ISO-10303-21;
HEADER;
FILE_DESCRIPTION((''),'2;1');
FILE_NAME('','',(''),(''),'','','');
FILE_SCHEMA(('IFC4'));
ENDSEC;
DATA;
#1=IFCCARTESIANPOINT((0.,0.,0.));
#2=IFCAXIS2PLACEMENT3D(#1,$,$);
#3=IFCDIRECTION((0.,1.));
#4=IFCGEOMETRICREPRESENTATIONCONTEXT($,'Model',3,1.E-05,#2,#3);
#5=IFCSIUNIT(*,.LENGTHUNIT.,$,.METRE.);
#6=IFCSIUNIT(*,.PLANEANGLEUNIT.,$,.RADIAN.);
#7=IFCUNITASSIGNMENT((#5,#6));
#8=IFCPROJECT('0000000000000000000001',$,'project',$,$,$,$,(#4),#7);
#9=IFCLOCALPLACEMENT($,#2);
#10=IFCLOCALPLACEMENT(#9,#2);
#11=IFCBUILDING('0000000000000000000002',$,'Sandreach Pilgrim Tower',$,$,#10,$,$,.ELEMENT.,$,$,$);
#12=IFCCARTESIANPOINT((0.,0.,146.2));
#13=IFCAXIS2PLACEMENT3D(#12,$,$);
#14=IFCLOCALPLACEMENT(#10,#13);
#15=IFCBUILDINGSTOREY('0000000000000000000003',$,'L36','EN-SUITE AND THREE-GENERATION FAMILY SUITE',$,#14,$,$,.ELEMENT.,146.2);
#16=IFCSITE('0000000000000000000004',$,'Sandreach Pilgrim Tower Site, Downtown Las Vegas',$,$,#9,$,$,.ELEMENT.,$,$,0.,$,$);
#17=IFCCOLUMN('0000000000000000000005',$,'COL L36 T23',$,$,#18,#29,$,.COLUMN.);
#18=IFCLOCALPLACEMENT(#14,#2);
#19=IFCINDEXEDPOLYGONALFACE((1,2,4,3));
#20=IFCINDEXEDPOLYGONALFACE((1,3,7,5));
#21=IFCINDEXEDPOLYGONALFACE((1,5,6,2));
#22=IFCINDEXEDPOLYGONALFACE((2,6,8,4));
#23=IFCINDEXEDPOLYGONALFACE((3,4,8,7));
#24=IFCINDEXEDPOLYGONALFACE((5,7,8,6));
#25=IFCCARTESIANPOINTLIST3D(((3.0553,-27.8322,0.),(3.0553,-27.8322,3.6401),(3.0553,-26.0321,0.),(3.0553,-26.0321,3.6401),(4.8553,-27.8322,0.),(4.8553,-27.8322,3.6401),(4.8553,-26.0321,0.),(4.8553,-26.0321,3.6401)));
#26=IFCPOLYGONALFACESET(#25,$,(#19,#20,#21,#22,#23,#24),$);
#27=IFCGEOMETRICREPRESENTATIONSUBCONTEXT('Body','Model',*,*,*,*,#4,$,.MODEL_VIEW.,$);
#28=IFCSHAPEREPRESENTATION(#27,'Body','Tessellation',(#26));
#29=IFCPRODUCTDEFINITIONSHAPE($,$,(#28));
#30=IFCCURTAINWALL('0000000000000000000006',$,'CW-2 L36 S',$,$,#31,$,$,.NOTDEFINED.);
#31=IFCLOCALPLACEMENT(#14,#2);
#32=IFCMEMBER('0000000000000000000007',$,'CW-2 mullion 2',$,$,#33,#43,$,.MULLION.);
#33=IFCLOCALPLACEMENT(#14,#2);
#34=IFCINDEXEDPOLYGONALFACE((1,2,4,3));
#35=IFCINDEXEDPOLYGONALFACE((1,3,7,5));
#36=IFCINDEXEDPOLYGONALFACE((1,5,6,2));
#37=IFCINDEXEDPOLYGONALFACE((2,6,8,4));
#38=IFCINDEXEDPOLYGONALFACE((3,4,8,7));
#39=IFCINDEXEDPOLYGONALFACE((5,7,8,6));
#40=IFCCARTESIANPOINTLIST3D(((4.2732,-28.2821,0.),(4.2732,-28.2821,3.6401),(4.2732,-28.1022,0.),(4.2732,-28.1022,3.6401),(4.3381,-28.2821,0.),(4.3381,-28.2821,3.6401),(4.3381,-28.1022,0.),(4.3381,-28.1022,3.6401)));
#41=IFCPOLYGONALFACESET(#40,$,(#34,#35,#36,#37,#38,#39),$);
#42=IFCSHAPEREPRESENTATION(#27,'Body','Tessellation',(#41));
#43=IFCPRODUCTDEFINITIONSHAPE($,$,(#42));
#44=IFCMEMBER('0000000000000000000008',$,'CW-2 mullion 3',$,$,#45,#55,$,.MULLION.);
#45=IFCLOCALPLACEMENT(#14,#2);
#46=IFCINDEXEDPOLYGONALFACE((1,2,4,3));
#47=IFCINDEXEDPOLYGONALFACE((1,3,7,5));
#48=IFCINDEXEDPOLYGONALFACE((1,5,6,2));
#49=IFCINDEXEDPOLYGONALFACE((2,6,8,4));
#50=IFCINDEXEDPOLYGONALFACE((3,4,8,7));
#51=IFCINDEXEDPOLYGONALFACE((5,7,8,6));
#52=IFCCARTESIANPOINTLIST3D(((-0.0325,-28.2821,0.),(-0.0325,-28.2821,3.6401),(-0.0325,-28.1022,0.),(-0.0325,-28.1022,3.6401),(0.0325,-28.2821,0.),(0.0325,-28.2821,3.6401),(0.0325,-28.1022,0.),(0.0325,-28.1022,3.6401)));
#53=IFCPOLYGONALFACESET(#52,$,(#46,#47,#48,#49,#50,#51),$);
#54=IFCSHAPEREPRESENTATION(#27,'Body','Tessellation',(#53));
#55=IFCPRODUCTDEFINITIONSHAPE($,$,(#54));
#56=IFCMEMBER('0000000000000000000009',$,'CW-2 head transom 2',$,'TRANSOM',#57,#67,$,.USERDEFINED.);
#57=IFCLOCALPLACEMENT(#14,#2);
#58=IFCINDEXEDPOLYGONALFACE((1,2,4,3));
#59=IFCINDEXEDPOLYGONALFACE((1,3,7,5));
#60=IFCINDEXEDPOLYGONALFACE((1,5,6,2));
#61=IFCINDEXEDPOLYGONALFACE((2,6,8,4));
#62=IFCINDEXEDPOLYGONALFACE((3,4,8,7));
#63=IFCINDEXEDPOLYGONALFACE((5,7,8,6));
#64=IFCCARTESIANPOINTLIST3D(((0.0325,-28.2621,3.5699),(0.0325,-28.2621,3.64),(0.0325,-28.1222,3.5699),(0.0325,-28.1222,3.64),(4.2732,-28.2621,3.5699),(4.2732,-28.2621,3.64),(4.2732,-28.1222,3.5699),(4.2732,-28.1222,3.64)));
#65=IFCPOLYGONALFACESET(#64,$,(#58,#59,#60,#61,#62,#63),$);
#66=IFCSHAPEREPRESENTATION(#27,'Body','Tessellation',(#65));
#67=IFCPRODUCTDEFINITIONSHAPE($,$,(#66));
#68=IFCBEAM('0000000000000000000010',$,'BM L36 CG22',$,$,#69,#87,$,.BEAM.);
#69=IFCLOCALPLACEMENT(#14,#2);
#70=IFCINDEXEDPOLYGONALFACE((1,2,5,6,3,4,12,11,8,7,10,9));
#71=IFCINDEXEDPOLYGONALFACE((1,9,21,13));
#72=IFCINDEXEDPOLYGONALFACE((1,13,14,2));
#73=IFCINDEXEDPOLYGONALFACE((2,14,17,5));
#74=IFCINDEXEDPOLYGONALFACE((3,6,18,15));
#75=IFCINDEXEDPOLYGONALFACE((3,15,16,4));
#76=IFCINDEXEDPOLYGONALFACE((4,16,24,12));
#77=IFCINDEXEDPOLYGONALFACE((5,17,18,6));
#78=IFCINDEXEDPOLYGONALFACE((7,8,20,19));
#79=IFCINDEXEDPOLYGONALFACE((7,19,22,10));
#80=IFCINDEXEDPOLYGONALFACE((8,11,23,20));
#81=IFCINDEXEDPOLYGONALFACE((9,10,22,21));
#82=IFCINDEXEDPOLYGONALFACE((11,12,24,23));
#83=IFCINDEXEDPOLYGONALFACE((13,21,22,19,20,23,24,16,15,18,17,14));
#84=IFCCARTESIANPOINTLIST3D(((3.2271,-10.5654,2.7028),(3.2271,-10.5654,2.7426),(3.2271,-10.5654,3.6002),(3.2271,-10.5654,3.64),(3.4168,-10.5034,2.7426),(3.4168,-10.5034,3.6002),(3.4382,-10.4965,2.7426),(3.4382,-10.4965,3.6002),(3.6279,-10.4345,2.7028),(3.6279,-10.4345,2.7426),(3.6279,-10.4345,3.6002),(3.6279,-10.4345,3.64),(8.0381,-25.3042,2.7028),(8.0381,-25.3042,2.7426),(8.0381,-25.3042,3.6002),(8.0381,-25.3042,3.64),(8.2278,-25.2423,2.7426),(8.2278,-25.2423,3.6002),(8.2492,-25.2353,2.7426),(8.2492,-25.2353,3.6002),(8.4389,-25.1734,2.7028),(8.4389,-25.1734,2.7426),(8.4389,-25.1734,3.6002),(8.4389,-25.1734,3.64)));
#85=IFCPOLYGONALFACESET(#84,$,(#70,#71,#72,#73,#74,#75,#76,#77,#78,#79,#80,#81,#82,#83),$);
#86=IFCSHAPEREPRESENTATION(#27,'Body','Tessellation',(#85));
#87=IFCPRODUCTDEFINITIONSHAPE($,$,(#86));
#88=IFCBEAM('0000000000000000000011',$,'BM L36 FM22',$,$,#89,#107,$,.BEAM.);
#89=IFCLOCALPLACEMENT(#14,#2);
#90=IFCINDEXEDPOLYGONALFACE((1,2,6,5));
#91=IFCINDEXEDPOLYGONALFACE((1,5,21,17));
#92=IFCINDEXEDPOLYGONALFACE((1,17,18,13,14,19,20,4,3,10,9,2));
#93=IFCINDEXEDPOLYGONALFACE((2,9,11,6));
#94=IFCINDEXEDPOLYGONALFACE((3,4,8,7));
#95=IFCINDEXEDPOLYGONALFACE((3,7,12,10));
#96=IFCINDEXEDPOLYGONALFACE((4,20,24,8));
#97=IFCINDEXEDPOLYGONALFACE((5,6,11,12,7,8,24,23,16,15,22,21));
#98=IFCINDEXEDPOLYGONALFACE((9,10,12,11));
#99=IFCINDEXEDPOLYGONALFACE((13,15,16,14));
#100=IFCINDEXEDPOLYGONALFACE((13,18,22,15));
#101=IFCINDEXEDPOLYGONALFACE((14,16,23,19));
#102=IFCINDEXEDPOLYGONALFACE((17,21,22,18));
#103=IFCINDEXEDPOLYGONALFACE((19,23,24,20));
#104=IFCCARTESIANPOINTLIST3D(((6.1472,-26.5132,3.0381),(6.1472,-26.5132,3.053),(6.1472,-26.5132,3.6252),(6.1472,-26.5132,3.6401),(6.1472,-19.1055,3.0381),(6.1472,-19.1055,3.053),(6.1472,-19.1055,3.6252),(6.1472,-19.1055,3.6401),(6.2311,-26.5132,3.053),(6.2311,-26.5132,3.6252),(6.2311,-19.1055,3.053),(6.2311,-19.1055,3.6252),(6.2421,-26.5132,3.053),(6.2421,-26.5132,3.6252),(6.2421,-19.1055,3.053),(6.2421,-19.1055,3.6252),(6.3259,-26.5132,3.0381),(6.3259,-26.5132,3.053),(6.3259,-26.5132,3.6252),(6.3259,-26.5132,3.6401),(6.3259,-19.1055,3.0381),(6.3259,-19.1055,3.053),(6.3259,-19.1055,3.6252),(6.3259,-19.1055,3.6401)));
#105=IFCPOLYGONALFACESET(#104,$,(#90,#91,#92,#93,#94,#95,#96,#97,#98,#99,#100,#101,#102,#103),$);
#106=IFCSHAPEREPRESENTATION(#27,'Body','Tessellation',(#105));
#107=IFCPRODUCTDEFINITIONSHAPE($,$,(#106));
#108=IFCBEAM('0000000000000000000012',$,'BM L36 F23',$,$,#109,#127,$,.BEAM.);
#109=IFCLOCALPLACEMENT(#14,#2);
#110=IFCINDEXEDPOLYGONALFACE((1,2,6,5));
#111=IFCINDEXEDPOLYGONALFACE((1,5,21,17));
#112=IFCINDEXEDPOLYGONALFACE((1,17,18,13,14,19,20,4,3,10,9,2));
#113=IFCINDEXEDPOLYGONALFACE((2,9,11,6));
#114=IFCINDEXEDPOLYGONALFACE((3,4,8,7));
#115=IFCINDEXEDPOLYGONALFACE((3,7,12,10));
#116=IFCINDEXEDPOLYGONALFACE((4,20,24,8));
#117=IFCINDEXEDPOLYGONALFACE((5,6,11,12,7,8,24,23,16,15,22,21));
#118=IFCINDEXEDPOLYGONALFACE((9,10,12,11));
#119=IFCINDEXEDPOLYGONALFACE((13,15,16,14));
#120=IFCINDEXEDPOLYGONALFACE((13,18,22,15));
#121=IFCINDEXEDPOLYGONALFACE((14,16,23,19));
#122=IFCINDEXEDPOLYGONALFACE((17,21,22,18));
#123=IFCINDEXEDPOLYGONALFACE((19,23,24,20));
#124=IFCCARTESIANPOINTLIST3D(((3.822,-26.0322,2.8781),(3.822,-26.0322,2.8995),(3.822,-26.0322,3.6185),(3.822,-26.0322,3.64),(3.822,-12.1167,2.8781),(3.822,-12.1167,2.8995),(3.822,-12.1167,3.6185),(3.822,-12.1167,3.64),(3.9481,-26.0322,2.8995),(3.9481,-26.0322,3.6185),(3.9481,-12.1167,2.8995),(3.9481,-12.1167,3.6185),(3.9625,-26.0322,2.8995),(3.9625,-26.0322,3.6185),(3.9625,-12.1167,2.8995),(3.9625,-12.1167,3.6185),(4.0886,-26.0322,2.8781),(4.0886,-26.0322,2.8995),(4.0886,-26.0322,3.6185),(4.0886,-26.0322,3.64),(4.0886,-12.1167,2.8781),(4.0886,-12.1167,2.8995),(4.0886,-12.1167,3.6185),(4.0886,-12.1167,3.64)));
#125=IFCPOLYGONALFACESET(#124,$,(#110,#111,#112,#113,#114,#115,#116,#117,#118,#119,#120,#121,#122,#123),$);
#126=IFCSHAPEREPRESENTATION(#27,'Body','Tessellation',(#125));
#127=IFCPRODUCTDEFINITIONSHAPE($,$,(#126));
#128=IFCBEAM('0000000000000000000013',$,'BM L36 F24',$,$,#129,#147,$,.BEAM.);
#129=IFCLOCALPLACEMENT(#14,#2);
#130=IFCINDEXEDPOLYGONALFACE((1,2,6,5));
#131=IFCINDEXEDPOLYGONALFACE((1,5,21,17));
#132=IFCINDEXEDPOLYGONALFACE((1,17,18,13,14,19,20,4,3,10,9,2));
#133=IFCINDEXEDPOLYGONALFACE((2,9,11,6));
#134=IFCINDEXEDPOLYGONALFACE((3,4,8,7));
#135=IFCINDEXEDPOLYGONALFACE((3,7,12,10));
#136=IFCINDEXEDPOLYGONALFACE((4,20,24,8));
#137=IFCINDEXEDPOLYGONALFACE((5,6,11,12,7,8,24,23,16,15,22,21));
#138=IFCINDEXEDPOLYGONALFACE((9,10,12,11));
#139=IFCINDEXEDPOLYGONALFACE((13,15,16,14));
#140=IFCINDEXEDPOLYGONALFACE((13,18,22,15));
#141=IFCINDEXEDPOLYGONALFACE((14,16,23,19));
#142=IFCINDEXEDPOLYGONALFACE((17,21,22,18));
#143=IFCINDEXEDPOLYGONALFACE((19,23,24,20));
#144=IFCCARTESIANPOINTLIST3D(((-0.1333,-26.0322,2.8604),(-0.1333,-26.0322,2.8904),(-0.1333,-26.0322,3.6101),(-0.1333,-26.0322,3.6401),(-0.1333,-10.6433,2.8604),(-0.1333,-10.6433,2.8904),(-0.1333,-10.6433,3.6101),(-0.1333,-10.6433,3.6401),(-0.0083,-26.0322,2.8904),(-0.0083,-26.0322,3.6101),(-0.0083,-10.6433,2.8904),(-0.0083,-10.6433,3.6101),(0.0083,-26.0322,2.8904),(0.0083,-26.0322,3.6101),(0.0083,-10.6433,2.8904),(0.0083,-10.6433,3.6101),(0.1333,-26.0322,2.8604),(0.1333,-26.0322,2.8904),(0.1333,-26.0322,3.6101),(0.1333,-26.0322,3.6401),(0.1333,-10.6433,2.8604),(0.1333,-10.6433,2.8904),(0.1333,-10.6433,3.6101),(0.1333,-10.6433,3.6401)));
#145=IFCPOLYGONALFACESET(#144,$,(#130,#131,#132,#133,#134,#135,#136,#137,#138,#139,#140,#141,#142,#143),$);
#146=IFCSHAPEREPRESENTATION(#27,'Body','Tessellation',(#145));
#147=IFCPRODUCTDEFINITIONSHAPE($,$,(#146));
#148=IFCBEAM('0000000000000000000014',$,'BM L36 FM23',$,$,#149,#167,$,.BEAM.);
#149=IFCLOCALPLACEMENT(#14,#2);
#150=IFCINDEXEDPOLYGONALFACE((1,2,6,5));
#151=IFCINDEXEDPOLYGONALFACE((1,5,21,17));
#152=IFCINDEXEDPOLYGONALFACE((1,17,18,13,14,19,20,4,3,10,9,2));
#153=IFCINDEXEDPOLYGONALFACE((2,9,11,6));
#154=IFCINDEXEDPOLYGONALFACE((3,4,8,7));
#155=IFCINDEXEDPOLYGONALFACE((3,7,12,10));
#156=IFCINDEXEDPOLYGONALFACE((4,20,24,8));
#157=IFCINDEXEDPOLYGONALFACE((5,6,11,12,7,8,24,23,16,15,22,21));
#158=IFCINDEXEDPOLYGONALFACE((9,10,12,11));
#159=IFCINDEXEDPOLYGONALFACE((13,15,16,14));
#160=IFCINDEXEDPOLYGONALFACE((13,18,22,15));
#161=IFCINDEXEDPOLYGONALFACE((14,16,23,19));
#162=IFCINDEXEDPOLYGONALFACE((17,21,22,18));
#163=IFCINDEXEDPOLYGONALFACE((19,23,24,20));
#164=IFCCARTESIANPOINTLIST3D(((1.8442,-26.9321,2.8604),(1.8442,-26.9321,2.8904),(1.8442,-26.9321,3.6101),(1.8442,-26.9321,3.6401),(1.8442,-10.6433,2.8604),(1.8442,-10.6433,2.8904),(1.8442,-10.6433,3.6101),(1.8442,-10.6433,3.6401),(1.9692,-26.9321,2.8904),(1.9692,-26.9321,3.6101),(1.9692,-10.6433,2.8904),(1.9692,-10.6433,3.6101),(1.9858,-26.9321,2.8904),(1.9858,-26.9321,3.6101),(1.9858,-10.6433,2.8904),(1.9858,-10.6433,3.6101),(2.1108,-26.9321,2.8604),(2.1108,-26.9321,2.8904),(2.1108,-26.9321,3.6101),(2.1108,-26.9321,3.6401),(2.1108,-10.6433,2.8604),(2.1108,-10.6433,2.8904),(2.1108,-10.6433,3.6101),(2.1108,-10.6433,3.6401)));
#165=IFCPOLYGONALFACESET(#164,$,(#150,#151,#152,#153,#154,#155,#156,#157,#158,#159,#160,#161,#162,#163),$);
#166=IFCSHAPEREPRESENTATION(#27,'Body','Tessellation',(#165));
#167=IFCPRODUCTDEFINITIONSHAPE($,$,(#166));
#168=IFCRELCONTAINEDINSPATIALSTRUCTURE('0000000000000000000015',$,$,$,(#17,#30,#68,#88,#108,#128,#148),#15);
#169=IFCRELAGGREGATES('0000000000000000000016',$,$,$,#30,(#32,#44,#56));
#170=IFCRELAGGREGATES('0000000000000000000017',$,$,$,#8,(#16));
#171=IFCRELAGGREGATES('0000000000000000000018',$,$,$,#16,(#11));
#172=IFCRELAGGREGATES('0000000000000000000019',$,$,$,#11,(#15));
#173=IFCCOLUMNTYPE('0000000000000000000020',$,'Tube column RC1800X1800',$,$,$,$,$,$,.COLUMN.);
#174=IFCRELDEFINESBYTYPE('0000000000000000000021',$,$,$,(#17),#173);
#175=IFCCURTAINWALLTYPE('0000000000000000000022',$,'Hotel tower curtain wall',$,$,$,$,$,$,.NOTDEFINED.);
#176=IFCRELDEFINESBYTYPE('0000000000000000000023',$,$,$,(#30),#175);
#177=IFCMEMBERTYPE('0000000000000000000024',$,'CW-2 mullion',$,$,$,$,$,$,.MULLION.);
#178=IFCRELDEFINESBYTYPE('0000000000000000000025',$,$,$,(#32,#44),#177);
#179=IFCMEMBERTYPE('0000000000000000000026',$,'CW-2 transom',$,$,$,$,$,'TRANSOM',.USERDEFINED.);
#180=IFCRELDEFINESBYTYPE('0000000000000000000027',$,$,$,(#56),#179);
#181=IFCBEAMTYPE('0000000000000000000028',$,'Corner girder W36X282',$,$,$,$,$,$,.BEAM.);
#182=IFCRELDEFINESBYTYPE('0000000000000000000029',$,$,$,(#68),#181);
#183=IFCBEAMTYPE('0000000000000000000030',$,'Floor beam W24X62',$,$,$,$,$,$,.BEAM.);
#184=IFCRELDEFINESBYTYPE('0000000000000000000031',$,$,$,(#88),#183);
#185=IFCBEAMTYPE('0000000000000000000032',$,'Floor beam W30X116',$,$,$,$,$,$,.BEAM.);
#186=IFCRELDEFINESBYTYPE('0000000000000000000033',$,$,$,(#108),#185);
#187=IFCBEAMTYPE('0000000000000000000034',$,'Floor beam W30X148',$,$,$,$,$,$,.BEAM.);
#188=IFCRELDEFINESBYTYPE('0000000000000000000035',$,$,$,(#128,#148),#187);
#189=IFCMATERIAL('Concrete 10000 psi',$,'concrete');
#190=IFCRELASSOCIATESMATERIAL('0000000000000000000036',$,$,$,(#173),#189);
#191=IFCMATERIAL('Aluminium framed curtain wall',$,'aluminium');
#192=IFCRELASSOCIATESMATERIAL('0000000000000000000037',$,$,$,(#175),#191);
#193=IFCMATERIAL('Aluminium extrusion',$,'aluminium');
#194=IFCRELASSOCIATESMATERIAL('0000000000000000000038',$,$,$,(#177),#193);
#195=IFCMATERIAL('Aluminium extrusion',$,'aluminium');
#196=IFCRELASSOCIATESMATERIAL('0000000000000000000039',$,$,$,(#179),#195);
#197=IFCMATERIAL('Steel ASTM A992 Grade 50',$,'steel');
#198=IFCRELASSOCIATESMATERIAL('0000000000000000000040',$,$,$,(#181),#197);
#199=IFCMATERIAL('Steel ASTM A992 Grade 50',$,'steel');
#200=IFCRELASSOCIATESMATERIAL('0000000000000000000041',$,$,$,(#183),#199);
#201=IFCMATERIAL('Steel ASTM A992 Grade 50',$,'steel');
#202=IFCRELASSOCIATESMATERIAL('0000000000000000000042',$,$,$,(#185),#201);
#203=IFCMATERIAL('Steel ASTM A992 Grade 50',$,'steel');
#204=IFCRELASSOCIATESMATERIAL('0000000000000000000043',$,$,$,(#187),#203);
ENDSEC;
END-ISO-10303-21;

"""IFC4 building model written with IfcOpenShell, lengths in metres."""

from ifc_helpers import new_model, si_unit, direction, frame, origin, origin_2d, place, context, subcontext, project, spatial, rectangle, i_section, extrude, clip, halfspace, material, material_profile, profile_set, type_object, element, aggregate, save


model = new_model("IFC4")

# Units and contexts
model_context = context("Model", 3, precision=1e-05, world=origin(), true_north=direction((0.0, 1.0)))
body_context = subcontext(model_context, "Body", "Model", "MODEL_VIEW")
ifc_project = project(units=[si_unit("LENGTHUNIT", "METRE"), si_unit("PLANEANGLEUNIT", "RADIAN")], contexts=[model_context])

# Site, building, storey
site_placement = place(None, origin())
site = spatial("IfcSite", under=ifc_project, at=site_placement, Name="Sandreach Pilgrim Tower Site, Downtown Las Vegas", CompositionType="ELEMENT", RefElevation=0.0)
building_placement = place(site_placement, origin())
building = spatial("IfcBuilding", under=site, at=building_placement, Name="Sandreach Pilgrim Tower", CompositionType="ELEMENT")
storey_placement = place(building_placement, frame((0.0, 0.0, 146.2)))
storey = spatial("IfcBuildingStorey", under=building, at=storey_placement, Name="L36", Description="EN-SUITE AND THREE-GENERATION FAMILY SUITE", CompositionType="ELEMENT", Elevation=146.2)

# Column
ifc_material_1 = material(Name="Concrete 10000 psi", Category="concrete")
ifc_material_profile_1 = material_profile(ifc_material_1, rectangle(XDim=1.8, YDim=1.8, at=origin_2d()), Name="RC1800X1800")
ifc_profile_set_1 = profile_set([ifc_material_profile_1], Name="Concrete 10000 psi")
column_type = type_object("IfcColumnType", Name="Tube column RC1800X1800", PredefinedType="COLUMN", material=ifc_profile_set_1)
column_placement = place(storey_placement, frame((3.9553, -26.9321, 0.0), z_axis=(0.0, 0.0, 1.0), x_axis=(0.0, -1.0, 0.0)))
element("IfcColumn", 1, at=column_placement, inside=storey, type_object=column_type, Name="COL L36 T23", PredefinedType="COLUMN", context=body_context, shape_type="SweptSolid", body=[
    clip(extrude(rectangle(XDim=1.8, YDim=1.8, at=origin_2d()), origin(), (0.0, 0.0, 1.0), 3.7393), halfspace(frame((0.0, 0.0, 3.6401)), False)),
])

# Curtain wall, members
ifc_material_2 = material(Name="Aluminium framed curtain wall", Category="aluminium")
curtain_wall_type = type_object("IfcCurtainWallType", Name="Hotel tower curtain wall", PredefinedType="NOTDEFINED", material=ifc_material_2)
curtain_wall_placement = place(storey_placement, origin())
curtain_wall = element("IfcCurtainWall", 2, at=curtain_wall_placement, inside=storey, type_object=curtain_wall_type, Name="CW-2 L36 S", PredefinedType="NOTDEFINED")
ifc_material_3 = material(Name="Aluminium extrusion", Category="aluminium")
ifc_material_profile_2 = material_profile(ifc_material_3, rectangle(XDim=0.0649, YDim=0.1799, at=origin_2d()), Name="CW-2M 65X180")
ifc_profile_set_2 = profile_set([ifc_material_profile_2], Name="Aluminium extrusion")
member_type_1 = type_object("IfcMemberType", Name="CW-2 mullion", PredefinedType="MULLION", material=ifc_profile_set_2)
member_1_placement = place(storey_placement, frame((4.3057, -28.1921, 0.0), z_axis=(0.0, 0.0, 1.0), x_axis=(-1.0, 0.0, 0.0)))
member_1 = element("IfcMember", 3, at=member_1_placement, type_object=member_type_1, Name="CW-2 mullion 2", PredefinedType="MULLION", context=body_context, shape_type="SweptSolid", body=[
    extrude(rectangle(XDim=0.0649, YDim=0.1799, at=origin_2d()), origin(), (0.0, 0.0, 1.0), 3.6401),
])
member_2_placement = place(storey_placement, frame((0.0, -28.1921, 0.0), z_axis=(0.0, 0.0, 1.0), x_axis=(-1.0, 0.0, 0.0)))
member_2 = element("IfcMember", 4, at=member_2_placement, type_object=member_type_1, Name="CW-2 mullion 3", PredefinedType="MULLION", context=body_context, shape_type="SweptSolid", body=[
    extrude(rectangle(XDim=0.0649, YDim=0.1799, at=origin_2d()), origin(), (0.0, 0.0, 1.0), 3.6401),
])
ifc_material_4 = material(Name="Aluminium extrusion", Category="aluminium")
ifc_material_profile_3 = material_profile(ifc_material_4, rectangle(XDim=0.1399, YDim=0.0701, at=origin_2d()), Name="CW-2T 140X70")
ifc_profile_set_3 = profile_set([ifc_material_profile_3], Name="Aluminium extrusion")
member_type_2 = type_object("IfcMemberType", Name="CW-2 transom", ElementType="TRANSOM", PredefinedType="USERDEFINED", material=ifc_profile_set_3)
member_3_placement = place(storey_placement, frame((4.2732, -28.1921, 3.605), z_axis=(-1.0, 0.0, 0.0), x_axis=(0.0, -1.0, 0.0)))
member_3 = element("IfcMember", 5, at=member_3_placement, type_object=member_type_2, Name="CW-2 head transom 2", ObjectType="TRANSOM", PredefinedType="USERDEFINED", context=body_context, shape_type="SweptSolid", body=[
    extrude(rectangle(XDim=0.1399, YDim=0.0701, at=origin_2d()), origin(), (0.0, 0.0, 1.0), 4.2407),
])

# Beams
ifc_material_5 = material(Name="Steel ASTM A992 Grade 50", Category="steel")
ifc_material_profile_4 = material_profile(ifc_material_5, i_section(OverallWidth=0.4216, OverallDepth=0.9373, WebThickness=0.0225, FlangeThickness=0.0398, at=origin_2d()), Name="W36X282")
ifc_profile_set_4 = profile_set([ifc_material_profile_4], Name="Steel ASTM A992 Grade 50")
beam_type_1 = type_object("IfcBeamType", Name="Corner girder W36X282", PredefinedType="BEAM", material=ifc_profile_set_4)
beam_1_placement = place(storey_placement, frame((8.2385, -25.2388, 3.1714), z_axis=(-0.310307, 0.950636, 0.0), x_axis=(-0.950636, -0.310307, 0.0)))
element("IfcBeam", 6, at=beam_1_placement, inside=storey, type_object=beam_type_1, Name="BM L36 CG22", PredefinedType="BEAM", context=body_context, shape_type="SweptSolid", body=[
    extrude(i_section(OverallWidth=0.4216, OverallDepth=0.9373, WebThickness=0.0225, FlangeThickness=0.0398, at=origin_2d()), origin(), (0.0, 0.0, 1.0), 15.5042),
])
ifc_material_6 = material(Name="Steel ASTM A992 Grade 50", Category="steel")
ifc_material_profile_5 = material_profile(ifc_material_6, i_section(OverallWidth=0.1787, OverallDepth=0.6021, WebThickness=0.011, FlangeThickness=0.0149, at=origin_2d()), Name="W24X62")
ifc_profile_set_5 = profile_set([ifc_material_profile_5], Name="Steel ASTM A992 Grade 50")
beam_type_2 = type_object("IfcBeamType", Name="Floor beam W24X62", PredefinedType="BEAM", material=ifc_profile_set_5)
beam_2_placement = place(storey_placement, frame((6.2366, -26.5132, 3.3391), z_axis=(0.0, 1.0, 0.0), x_axis=(-1.0, 0.0, 0.0)))
element("IfcBeam", 7, at=beam_2_placement, inside=storey, type_object=beam_type_2, Name="BM L36 FM22", PredefinedType="BEAM", context=body_context, shape_type="SweptSolid", body=[
    extrude(i_section(OverallWidth=0.1787, OverallDepth=0.6021, WebThickness=0.011, FlangeThickness=0.0149, at=origin_2d()), origin(), (0.0, 0.0, 1.0), 7.4077),
])
ifc_material_7 = material(Name="Steel ASTM A992 Grade 50", Category="steel")
ifc_material_profile_6 = material_profile(ifc_material_7, i_section(OverallWidth=0.2666, OverallDepth=0.762, WebThickness=0.0144, FlangeThickness=0.0215, at=origin_2d()), Name="W30X116")
ifc_profile_set_6 = profile_set([ifc_material_profile_6], Name="Steel ASTM A992 Grade 50")
beam_type_3 = type_object("IfcBeamType", Name="Floor beam W30X116", PredefinedType="BEAM", material=ifc_profile_set_6)
beam_3_placement = place(storey_placement, frame((3.9553, -26.0322, 3.259), z_axis=(0.0, 1.0, 0.0), x_axis=(-1.0, 0.0, 0.0)))
element("IfcBeam", 8, at=beam_3_placement, inside=storey, type_object=beam_type_3, Name="BM L36 F23", PredefinedType="BEAM", context=body_context, shape_type="SweptSolid", body=[
    extrude(i_section(OverallWidth=0.2666, OverallDepth=0.762, WebThickness=0.0144, FlangeThickness=0.0215, at=origin_2d()), origin(), (0.0, 0.0, 1.0), 13.9155),
])
ifc_material_8 = material(Name="Steel ASTM A992 Grade 50", Category="steel")
ifc_material_profile_7 = material_profile(ifc_material_8, i_section(OverallWidth=0.2666, OverallDepth=0.7798, WebThickness=0.0166, FlangeThickness=0.03, at=origin_2d()), Name="W30X148")
ifc_profile_set_7 = profile_set([ifc_material_profile_7], Name="Steel ASTM A992 Grade 50")
beam_type_4 = type_object("IfcBeamType", Name="Floor beam W30X148", PredefinedType="BEAM", material=ifc_profile_set_7)
beam_4_placement = place(storey_placement, frame((0.0, -26.0322, 3.2502), z_axis=(0.0, 1.0, 0.0), x_axis=(-1.0, 0.0, 0.0)))
element("IfcBeam", 9, at=beam_4_placement, inside=storey, type_object=beam_type_4, Name="BM L36 F24", PredefinedType="BEAM", context=body_context, shape_type="SweptSolid", body=[
    extrude(i_section(OverallWidth=0.2666, OverallDepth=0.7798, WebThickness=0.0166, FlangeThickness=0.03, at=origin_2d()), origin(), (0.0, 0.0, 1.0), 15.3889),
])
beam_5_placement = place(storey_placement, frame((1.9775, -26.9321, 3.2502), z_axis=(0.0, 1.0, 0.0), x_axis=(-1.0, 0.0, 0.0)))
element("IfcBeam", 10, at=beam_5_placement, inside=storey, type_object=beam_type_4, Name="BM L36 FM23", PredefinedType="BEAM", context=body_context, shape_type="SweptSolid", body=[
    extrude(i_section(OverallWidth=0.2666, OverallDepth=0.7798, WebThickness=0.0166, FlangeThickness=0.03, at=origin_2d()), origin(), (0.0, 0.0, 1.0), 16.2888),
])

aggregate(curtain_wall, [member_1, member_2, member_3])

save(model, "model.ifc")
